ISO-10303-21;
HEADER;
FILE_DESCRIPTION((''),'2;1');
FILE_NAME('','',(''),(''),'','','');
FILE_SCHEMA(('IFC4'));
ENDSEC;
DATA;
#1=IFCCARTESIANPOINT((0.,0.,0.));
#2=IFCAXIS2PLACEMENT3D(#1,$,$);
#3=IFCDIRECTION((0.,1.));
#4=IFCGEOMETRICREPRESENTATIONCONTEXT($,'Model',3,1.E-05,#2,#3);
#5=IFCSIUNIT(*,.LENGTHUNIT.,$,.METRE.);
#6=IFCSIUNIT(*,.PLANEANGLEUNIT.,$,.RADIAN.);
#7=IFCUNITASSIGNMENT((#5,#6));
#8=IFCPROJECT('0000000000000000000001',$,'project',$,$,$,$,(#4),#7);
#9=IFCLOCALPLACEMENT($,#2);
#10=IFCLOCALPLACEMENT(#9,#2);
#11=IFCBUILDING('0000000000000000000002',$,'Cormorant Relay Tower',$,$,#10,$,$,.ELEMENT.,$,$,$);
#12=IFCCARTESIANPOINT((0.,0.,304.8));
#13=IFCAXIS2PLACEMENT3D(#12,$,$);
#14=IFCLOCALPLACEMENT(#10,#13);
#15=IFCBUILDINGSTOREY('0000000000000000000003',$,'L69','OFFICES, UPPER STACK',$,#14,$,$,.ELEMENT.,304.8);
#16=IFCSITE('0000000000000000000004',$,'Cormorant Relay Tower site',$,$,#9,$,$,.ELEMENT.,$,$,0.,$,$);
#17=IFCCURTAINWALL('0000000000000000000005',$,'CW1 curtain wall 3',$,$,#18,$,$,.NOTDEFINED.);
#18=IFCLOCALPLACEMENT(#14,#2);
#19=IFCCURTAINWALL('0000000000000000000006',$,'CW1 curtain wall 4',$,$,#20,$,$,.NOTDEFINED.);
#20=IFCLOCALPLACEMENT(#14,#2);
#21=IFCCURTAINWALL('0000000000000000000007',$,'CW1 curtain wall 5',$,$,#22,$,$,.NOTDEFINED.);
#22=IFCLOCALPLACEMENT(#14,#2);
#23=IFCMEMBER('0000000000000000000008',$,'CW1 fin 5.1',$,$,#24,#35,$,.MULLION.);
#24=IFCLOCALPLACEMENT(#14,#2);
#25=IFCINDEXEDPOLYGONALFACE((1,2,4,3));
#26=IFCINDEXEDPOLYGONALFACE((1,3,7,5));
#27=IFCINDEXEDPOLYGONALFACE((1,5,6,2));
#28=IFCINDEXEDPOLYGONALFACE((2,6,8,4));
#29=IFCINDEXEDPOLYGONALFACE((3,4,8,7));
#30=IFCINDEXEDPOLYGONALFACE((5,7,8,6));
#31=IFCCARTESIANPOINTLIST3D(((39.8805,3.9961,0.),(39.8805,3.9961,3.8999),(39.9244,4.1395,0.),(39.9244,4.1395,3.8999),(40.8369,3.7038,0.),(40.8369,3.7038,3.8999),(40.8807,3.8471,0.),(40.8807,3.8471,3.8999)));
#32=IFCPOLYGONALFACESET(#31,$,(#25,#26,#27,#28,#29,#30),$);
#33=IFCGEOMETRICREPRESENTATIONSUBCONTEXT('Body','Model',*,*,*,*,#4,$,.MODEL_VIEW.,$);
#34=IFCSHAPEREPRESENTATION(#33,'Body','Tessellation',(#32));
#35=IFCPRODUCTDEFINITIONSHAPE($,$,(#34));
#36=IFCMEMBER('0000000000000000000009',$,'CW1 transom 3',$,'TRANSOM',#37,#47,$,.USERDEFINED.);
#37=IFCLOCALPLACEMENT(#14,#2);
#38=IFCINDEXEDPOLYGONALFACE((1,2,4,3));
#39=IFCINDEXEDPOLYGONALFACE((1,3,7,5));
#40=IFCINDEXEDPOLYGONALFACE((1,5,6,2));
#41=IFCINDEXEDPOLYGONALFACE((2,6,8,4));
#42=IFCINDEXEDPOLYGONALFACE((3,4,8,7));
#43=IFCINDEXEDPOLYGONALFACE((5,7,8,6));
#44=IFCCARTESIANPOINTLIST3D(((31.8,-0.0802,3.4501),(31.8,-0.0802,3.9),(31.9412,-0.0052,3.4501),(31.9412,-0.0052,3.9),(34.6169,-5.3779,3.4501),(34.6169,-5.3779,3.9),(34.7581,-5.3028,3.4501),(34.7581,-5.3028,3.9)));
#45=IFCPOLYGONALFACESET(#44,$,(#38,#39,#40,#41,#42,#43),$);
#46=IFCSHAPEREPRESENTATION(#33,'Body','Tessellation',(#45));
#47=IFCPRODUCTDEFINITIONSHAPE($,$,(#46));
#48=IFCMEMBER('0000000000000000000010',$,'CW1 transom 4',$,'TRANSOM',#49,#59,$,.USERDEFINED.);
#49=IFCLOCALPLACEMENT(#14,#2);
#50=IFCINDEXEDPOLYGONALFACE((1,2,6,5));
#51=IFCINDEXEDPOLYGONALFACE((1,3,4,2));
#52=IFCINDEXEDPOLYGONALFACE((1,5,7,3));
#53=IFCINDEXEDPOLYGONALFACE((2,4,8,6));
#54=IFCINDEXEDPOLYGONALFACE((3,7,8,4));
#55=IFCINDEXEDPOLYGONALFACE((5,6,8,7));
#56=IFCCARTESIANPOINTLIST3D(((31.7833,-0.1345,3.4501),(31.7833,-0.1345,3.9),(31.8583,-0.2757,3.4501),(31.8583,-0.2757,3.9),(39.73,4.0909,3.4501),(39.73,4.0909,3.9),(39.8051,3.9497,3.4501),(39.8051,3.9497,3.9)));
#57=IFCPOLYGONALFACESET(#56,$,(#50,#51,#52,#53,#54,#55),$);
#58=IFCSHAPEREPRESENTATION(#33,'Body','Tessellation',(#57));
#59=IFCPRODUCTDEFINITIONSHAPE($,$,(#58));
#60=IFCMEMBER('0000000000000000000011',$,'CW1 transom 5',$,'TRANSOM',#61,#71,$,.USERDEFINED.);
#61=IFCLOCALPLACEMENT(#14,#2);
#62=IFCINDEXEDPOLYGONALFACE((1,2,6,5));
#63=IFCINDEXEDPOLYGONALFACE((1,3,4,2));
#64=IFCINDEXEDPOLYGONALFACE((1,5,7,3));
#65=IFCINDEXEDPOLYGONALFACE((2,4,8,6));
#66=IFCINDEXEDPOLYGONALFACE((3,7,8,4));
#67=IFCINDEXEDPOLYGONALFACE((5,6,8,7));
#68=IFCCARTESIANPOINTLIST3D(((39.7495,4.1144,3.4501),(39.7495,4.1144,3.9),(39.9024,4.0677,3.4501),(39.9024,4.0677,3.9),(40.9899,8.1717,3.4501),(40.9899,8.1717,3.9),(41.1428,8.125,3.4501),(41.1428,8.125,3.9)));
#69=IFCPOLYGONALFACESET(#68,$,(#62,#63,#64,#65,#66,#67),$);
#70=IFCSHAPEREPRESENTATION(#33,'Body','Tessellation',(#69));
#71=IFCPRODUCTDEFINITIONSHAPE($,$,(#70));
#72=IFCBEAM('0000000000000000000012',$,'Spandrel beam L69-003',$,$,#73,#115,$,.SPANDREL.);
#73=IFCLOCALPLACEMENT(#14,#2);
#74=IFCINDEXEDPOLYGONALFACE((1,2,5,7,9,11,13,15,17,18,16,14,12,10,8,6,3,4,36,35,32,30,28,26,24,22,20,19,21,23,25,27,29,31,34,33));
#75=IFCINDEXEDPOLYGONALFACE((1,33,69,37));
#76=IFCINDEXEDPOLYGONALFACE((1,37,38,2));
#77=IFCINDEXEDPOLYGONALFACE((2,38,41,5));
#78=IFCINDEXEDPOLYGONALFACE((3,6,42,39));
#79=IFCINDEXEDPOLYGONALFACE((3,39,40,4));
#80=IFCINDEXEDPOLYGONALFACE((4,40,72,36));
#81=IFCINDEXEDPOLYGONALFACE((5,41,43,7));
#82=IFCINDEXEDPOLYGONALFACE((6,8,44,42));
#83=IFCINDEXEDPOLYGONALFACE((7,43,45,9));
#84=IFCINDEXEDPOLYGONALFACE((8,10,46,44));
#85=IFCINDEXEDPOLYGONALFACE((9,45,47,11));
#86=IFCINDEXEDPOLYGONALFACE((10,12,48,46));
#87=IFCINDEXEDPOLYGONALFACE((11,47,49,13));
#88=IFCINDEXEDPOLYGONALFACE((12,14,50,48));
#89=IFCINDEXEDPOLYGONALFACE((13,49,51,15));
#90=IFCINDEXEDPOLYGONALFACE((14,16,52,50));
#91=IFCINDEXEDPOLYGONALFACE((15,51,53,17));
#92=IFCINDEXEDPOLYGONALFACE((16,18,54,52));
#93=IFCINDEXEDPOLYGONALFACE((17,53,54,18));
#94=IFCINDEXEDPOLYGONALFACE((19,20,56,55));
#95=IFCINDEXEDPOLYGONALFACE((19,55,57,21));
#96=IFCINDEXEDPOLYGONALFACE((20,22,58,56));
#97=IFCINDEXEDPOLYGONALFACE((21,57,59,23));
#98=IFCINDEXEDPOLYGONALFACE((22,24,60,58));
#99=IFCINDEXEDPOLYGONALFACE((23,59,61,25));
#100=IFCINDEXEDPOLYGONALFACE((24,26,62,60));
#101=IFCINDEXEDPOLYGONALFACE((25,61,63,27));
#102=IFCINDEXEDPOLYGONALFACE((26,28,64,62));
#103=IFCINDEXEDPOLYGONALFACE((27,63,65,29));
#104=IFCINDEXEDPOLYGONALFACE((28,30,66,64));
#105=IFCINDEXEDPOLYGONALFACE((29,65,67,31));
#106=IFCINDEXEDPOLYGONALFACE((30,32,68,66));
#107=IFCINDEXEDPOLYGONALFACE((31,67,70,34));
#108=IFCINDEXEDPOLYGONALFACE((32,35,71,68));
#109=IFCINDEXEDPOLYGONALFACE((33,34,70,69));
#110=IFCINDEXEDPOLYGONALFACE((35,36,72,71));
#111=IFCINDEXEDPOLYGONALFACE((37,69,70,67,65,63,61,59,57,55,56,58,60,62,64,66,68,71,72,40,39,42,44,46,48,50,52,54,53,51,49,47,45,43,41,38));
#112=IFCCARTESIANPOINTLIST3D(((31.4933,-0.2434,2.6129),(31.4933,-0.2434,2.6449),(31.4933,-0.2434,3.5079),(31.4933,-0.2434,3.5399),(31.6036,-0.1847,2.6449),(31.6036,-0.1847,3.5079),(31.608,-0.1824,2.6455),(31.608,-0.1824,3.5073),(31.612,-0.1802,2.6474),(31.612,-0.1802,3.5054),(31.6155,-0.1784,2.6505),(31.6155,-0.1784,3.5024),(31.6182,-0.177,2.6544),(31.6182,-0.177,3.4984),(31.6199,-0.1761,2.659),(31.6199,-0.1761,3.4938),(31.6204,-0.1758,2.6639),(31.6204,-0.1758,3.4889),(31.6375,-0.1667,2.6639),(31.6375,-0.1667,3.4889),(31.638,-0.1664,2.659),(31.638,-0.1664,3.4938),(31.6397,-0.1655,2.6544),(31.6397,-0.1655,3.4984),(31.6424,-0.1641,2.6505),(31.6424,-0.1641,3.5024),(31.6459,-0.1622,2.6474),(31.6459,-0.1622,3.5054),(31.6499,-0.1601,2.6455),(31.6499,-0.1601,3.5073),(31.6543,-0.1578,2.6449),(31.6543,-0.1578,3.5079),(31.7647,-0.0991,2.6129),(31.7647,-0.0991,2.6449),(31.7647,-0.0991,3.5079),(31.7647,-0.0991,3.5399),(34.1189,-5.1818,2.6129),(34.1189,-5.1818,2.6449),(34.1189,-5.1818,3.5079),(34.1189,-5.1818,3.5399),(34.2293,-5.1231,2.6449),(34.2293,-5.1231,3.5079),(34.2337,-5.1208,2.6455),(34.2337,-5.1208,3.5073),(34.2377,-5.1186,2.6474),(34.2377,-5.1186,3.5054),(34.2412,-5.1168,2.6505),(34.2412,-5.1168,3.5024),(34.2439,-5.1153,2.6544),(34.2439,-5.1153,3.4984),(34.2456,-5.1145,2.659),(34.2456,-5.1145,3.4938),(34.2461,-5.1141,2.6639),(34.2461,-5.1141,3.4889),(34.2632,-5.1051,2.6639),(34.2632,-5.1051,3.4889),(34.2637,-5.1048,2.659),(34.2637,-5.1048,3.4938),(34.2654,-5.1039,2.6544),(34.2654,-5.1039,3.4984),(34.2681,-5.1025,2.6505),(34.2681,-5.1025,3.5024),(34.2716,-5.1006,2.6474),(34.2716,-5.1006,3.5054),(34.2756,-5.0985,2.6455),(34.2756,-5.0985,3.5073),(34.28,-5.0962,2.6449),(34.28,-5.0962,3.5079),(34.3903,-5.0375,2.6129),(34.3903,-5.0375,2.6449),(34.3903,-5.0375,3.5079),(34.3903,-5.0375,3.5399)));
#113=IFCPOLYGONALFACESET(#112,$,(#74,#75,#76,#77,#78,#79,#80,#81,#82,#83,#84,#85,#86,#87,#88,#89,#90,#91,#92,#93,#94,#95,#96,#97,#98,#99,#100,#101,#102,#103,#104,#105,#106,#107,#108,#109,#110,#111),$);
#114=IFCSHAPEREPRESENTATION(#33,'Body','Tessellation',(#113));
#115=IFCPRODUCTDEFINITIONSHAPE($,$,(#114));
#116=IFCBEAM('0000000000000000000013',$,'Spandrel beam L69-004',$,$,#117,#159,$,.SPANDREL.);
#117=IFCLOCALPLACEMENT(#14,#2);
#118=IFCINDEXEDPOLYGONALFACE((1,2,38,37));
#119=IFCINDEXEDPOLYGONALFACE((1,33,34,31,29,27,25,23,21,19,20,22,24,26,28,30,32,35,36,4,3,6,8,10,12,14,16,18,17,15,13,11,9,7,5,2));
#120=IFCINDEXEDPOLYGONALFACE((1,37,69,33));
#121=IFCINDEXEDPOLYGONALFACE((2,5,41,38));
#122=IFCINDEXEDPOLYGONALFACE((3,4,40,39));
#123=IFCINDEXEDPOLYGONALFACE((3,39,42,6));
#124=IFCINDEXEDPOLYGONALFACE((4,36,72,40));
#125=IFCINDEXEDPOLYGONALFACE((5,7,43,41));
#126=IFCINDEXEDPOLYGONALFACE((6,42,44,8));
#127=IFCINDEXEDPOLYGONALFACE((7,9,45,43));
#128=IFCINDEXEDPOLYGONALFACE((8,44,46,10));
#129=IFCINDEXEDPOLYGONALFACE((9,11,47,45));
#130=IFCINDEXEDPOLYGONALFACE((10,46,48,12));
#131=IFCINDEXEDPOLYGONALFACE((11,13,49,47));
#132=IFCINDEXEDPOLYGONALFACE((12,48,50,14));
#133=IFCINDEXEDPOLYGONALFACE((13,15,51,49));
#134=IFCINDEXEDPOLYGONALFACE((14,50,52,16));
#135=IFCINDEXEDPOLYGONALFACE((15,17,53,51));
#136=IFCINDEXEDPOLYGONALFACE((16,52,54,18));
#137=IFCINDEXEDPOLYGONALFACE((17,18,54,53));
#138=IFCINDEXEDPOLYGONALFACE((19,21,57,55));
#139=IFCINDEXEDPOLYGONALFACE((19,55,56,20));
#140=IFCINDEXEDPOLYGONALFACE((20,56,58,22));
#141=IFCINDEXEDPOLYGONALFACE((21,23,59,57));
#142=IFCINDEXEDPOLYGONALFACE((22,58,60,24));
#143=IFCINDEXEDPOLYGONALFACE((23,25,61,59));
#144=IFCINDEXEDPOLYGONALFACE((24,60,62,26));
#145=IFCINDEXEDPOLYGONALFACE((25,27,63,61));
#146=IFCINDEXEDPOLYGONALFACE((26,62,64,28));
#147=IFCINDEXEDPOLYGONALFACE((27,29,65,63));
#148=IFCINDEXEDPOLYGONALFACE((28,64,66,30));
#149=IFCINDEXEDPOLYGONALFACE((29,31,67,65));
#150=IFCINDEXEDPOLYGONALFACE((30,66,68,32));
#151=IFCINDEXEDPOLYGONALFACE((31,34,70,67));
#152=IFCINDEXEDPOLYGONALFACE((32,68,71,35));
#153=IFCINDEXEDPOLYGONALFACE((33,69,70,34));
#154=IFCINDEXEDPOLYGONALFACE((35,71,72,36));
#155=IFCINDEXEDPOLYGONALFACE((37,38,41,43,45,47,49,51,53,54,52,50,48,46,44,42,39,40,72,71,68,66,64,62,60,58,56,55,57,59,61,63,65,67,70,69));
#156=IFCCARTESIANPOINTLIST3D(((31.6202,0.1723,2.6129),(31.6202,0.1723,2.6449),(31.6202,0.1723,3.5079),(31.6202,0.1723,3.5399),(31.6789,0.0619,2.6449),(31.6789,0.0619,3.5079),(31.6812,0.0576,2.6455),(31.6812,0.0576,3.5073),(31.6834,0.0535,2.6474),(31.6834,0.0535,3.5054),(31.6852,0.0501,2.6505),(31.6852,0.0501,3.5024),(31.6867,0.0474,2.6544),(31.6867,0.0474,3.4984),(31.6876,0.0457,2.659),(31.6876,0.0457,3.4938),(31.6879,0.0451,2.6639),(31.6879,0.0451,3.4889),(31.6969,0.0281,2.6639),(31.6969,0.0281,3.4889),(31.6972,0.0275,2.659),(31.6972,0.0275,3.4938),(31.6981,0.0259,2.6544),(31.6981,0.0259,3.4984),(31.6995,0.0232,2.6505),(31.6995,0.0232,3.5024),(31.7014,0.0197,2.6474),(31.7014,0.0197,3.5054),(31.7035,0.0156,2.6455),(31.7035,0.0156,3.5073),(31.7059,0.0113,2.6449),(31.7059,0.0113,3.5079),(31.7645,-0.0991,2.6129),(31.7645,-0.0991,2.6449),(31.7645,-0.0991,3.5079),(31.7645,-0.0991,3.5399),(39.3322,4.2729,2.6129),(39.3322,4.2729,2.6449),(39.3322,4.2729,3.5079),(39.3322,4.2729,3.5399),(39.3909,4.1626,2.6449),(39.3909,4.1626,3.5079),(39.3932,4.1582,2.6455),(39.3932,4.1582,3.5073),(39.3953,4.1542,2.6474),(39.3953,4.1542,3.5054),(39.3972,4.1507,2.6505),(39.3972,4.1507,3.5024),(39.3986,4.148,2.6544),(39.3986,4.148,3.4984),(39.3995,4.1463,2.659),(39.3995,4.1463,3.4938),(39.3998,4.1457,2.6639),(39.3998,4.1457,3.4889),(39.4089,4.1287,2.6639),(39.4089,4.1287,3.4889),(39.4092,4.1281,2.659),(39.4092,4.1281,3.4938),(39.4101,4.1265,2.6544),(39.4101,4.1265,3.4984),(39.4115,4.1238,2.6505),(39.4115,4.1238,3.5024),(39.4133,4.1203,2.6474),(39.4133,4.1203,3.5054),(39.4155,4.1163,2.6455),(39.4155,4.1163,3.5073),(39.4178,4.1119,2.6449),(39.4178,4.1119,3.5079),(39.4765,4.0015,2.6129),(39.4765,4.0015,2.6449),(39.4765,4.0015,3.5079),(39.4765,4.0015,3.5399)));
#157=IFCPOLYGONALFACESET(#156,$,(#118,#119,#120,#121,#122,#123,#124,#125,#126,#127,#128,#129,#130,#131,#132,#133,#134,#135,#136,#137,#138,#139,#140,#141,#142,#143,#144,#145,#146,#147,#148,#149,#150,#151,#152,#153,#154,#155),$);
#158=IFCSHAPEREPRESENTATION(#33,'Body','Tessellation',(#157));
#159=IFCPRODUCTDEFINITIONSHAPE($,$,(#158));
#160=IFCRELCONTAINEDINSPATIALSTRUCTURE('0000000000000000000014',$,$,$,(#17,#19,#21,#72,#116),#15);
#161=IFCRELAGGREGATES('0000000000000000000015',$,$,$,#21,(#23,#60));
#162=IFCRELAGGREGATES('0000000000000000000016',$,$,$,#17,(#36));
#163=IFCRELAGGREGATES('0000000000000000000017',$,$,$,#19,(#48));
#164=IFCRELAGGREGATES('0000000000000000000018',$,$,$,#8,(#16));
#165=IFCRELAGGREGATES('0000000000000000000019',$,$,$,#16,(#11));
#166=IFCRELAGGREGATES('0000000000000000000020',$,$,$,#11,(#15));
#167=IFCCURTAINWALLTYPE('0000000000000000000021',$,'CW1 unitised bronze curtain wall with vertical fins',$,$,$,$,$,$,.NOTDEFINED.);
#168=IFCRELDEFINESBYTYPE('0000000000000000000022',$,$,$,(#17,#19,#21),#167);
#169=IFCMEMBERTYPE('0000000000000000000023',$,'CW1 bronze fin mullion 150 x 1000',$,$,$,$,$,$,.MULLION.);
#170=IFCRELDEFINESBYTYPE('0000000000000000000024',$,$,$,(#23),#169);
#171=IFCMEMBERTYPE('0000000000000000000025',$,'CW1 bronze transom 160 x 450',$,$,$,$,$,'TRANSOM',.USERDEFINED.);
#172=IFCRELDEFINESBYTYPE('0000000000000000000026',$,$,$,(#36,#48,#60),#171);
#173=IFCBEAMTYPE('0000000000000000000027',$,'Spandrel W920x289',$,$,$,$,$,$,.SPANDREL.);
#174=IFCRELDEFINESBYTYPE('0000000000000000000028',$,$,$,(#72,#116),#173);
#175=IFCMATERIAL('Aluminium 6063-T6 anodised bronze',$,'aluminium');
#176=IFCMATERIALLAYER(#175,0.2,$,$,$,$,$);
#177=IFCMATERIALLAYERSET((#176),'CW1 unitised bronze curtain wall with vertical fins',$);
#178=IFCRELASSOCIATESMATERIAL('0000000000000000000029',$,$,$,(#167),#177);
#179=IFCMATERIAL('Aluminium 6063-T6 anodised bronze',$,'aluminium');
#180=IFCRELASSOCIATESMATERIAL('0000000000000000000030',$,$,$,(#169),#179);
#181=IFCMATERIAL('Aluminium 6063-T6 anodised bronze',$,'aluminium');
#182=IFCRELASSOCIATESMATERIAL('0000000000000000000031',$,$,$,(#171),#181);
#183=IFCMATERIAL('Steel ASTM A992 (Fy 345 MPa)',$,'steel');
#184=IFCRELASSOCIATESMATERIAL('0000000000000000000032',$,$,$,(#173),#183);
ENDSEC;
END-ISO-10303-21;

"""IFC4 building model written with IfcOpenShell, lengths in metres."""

from ifc_helpers import new_model, si_unit, direction, frame, origin, origin_2d, place, context, subcontext, project, spatial, rectangle, i_section, extrude, material, layer, layer_set, material_profile, profile_set, type_object, element, aggregate, save


model = new_model("IFC4")

# Units and contexts
model_context = context("Model", 3, precision=1e-05, world=origin(), true_north=direction((0.0, 1.0)))
body_context = subcontext(model_context, "Body", "Model", "MODEL_VIEW")
ifc_project = project(units=[si_unit("LENGTHUNIT", "METRE"), si_unit("PLANEANGLEUNIT", "RADIAN")], contexts=[model_context])

# Site, building, storey
site_placement = place(None, origin())
site = spatial("IfcSite", under=ifc_project, at=site_placement, Name="Cormorant Relay Tower site", CompositionType="ELEMENT", RefElevation=0.0)
building_placement = place(site_placement, origin())
building = spatial("IfcBuilding", under=site, at=building_placement, Name="Cormorant Relay Tower", CompositionType="ELEMENT")
storey_placement = place(building_placement, frame((0.0, 0.0, 304.8)))
storey = spatial("IfcBuildingStorey", under=building, at=storey_placement, Name="L69", Description="OFFICES, UPPER STACK", CompositionType="ELEMENT", Elevation=304.8)

# Curtain wall
ifc_material_1 = material(Name="Aluminium 6063-T6 anodised bronze", Category="aluminium")
ifc_layer_1 = layer(ifc_material_1, 0.2)
ifc_layer_set_1 = layer_set([ifc_layer_1], Name="CW1 unitised bronze curtain wall with vertical fins")
curtain_wall_type = type_object("IfcCurtainWallType", Name="CW1 unitised bronze curtain wall with vertical fins", PredefinedType="NOTDEFINED", material=ifc_layer_set_1)
ifc_material_2 = material(Name="Aluminium 6063-T6 anodised bronze", Category="aluminium")
ifc_material_profile_1 = material_profile(ifc_material_2, rectangle(XDim=0.1499, YDim=1.0, at=origin_2d()), Name="AL 150x1000")
ifc_profile_set_1 = profile_set([ifc_material_profile_1], Name="Aluminium 6063-T6 anodised bronze")
member_type_1 = type_object("IfcMemberType", Name="CW1 bronze fin mullion 150 x 1000", PredefinedType="MULLION", material=ifc_profile_set_1)
curtain_wall_1_placement = place(storey_placement, origin())
curtain_wall_1 = element("IfcCurtainWall", 1, at=curtain_wall_1_placement, inside=storey, type_object=curtain_wall_type, Name="CW1 curtain wall 3", PredefinedType="NOTDEFINED")

# Curtain wall
curtain_wall_2_placement = place(storey_placement, origin())
curtain_wall_2 = element("IfcCurtainWall", 2, at=curtain_wall_2_placement, inside=storey, type_object=curtain_wall_type, Name="CW1 curtain wall 4", PredefinedType="NOTDEFINED")

# Curtain wall, member
curtain_wall_3_placement = place(storey_placement, origin())
curtain_wall_3 = element("IfcCurtainWall", 3, at=curtain_wall_3_placement, inside=storey, type_object=curtain_wall_type, Name="CW1 curtain wall 5", PredefinedType="NOTDEFINED")
member_1_placement = place(storey_placement, frame((40.3806, 3.9216, 0.0), z_axis=(0.0, 0.0, 1.0), x_axis=(0.292372, 0.956305, 0.0)))
member_1 = element("IfcMember", 4, at=member_1_placement, type_object=member_type_1, Name="CW1 fin 5.1", PredefinedType="MULLION", context=body_context, shape_type="SweptSolid", body=[
    extrude(rectangle(XDim=0.1499, YDim=1.0, at=origin_2d()), origin(), (0.0, 0.0, 1.0), 3.8999),
])

# Members
ifc_material_3 = material(Name="Aluminium 6063-T6 anodised bronze", Category="aluminium")
ifc_material_profile_2 = material_profile(ifc_material_3, rectangle(XDim=0.1599, YDim=0.45, at=origin_2d()), Name="AL 160x450")
ifc_profile_set_2 = profile_set([ifc_material_profile_2], Name="Aluminium 6063-T6 anodised bronze")
member_type_2 = type_object("IfcMemberType", Name="CW1 bronze transom 160 x 450", ElementType="TRANSOM", PredefinedType="USERDEFINED", material=ifc_profile_set_2)
member_2_placement = place(storey_placement, frame((34.6875, -5.3403, 3.675), z_axis=(-0.469485, 0.88294, 0.0), x_axis=(-0.88294, -0.469485, 0.0)))
member_2 = element("IfcMember", 5, at=member_2_placement, type_object=member_type_2, Name="CW1 transom 3", ObjectType="TRANSOM", PredefinedType="USERDEFINED", context=body_context, shape_type="SweptSolid", body=[
    extrude(rectangle(XDim=0.1599, YDim=0.45, at=origin_2d()), origin(), (0.0, 0.0, 1.0), 6.0),
])
member_3_placement = place(storey_placement, frame((31.8208, -0.2051, 3.675), z_axis=(0.882949, 0.469469, 0.0), x_axis=(-0.469469, 0.882949, 0.0)))
member_3 = element("IfcMember", 6, at=member_3_placement, type_object=member_type_2, Name="CW1 transom 4", ObjectType="TRANSOM", PredefinedType="USERDEFINED", context=body_context, shape_type="SweptSolid", body=[
    extrude(rectangle(XDim=0.1599, YDim=0.45, at=origin_2d()), origin(), (0.0, 0.0, 1.0), 9.0002),
])
member_4_placement = place(storey_placement, frame((39.8259, 4.0911, 3.675), z_axis=(0.292375, 0.956304, 0.0), x_axis=(-0.956304, 0.292375, 0.0)))
member_4 = element("IfcMember", 7, at=member_4_placement, type_object=member_type_2, Name="CW1 transom 5", ObjectType="TRANSOM", PredefinedType="USERDEFINED", context=body_context, shape_type="SweptSolid", body=[
    extrude(rectangle(XDim=0.1599, YDim=0.45, at=origin_2d()), origin(), (0.0, 0.0, 1.0), 4.2427),
])
aggregate(curtain_wall_3, [member_1, member_4])

# Beams
ifc_material_4 = material(Name="Steel ASTM A992 (Fy 345 MPa)", Category="steel")
ifc_material_profile_3 = material_profile(ifc_material_4, i_section(OverallWidth=0.3074, OverallDepth=0.927, WebThickness=0.0193, FlangeThickness=0.032, FilletRadius=0.019, at=origin_2d()), Name="W920x289")
ifc_profile_set_3 = profile_set([ifc_material_profile_3], Name="Steel ASTM A992 (Fy 345 MPa)")
beam_type = type_object("IfcBeamType", Name="Spandrel W920x289", PredefinedType="SPANDREL", material=ifc_profile_set_3)
beam_1_placement = place(storey_placement, frame((34.2546, -5.1096, 3.0764), z_axis=(-0.469457, 0.882955, 0.0), x_axis=(-0.882955, -0.469457, 0.0)))
element("IfcBeam", 8, at=beam_1_placement, inside=storey, type_object=beam_type, Name="Spandrel beam L69-003", PredefinedType="SPANDREL", context=body_context, shape_type="SweptSolid", body=[
    extrude(i_section(OverallWidth=0.3074, OverallDepth=0.927, WebThickness=0.0193, FlangeThickness=0.032, FilletRadius=0.019, at=origin_2d()), origin(), (0.0, 0.0, 1.0), 5.593),
])
beam_2_placement = place(storey_placement, frame((31.6924, 0.0366, 3.0764), z_axis=(0.882943, 0.469479, 0.0), x_axis=(-0.469479, 0.882943, 0.0)))
element("IfcBeam", 9, at=beam_2_placement, inside=storey, type_object=beam_type, Name="Spandrel beam L69-004", PredefinedType="SPANDREL", context=body_context, shape_type="SweptSolid", body=[
    extrude(i_section(OverallWidth=0.3074, OverallDepth=0.927, WebThickness=0.0193, FlangeThickness=0.032, FilletRadius=0.019, at=origin_2d()), origin(), (0.0, 0.0, 1.0), 8.7344),
])

aggregate(curtain_wall_1, [member_2])
aggregate(curtain_wall_2, [member_3])

save(model, "model.ifc")
